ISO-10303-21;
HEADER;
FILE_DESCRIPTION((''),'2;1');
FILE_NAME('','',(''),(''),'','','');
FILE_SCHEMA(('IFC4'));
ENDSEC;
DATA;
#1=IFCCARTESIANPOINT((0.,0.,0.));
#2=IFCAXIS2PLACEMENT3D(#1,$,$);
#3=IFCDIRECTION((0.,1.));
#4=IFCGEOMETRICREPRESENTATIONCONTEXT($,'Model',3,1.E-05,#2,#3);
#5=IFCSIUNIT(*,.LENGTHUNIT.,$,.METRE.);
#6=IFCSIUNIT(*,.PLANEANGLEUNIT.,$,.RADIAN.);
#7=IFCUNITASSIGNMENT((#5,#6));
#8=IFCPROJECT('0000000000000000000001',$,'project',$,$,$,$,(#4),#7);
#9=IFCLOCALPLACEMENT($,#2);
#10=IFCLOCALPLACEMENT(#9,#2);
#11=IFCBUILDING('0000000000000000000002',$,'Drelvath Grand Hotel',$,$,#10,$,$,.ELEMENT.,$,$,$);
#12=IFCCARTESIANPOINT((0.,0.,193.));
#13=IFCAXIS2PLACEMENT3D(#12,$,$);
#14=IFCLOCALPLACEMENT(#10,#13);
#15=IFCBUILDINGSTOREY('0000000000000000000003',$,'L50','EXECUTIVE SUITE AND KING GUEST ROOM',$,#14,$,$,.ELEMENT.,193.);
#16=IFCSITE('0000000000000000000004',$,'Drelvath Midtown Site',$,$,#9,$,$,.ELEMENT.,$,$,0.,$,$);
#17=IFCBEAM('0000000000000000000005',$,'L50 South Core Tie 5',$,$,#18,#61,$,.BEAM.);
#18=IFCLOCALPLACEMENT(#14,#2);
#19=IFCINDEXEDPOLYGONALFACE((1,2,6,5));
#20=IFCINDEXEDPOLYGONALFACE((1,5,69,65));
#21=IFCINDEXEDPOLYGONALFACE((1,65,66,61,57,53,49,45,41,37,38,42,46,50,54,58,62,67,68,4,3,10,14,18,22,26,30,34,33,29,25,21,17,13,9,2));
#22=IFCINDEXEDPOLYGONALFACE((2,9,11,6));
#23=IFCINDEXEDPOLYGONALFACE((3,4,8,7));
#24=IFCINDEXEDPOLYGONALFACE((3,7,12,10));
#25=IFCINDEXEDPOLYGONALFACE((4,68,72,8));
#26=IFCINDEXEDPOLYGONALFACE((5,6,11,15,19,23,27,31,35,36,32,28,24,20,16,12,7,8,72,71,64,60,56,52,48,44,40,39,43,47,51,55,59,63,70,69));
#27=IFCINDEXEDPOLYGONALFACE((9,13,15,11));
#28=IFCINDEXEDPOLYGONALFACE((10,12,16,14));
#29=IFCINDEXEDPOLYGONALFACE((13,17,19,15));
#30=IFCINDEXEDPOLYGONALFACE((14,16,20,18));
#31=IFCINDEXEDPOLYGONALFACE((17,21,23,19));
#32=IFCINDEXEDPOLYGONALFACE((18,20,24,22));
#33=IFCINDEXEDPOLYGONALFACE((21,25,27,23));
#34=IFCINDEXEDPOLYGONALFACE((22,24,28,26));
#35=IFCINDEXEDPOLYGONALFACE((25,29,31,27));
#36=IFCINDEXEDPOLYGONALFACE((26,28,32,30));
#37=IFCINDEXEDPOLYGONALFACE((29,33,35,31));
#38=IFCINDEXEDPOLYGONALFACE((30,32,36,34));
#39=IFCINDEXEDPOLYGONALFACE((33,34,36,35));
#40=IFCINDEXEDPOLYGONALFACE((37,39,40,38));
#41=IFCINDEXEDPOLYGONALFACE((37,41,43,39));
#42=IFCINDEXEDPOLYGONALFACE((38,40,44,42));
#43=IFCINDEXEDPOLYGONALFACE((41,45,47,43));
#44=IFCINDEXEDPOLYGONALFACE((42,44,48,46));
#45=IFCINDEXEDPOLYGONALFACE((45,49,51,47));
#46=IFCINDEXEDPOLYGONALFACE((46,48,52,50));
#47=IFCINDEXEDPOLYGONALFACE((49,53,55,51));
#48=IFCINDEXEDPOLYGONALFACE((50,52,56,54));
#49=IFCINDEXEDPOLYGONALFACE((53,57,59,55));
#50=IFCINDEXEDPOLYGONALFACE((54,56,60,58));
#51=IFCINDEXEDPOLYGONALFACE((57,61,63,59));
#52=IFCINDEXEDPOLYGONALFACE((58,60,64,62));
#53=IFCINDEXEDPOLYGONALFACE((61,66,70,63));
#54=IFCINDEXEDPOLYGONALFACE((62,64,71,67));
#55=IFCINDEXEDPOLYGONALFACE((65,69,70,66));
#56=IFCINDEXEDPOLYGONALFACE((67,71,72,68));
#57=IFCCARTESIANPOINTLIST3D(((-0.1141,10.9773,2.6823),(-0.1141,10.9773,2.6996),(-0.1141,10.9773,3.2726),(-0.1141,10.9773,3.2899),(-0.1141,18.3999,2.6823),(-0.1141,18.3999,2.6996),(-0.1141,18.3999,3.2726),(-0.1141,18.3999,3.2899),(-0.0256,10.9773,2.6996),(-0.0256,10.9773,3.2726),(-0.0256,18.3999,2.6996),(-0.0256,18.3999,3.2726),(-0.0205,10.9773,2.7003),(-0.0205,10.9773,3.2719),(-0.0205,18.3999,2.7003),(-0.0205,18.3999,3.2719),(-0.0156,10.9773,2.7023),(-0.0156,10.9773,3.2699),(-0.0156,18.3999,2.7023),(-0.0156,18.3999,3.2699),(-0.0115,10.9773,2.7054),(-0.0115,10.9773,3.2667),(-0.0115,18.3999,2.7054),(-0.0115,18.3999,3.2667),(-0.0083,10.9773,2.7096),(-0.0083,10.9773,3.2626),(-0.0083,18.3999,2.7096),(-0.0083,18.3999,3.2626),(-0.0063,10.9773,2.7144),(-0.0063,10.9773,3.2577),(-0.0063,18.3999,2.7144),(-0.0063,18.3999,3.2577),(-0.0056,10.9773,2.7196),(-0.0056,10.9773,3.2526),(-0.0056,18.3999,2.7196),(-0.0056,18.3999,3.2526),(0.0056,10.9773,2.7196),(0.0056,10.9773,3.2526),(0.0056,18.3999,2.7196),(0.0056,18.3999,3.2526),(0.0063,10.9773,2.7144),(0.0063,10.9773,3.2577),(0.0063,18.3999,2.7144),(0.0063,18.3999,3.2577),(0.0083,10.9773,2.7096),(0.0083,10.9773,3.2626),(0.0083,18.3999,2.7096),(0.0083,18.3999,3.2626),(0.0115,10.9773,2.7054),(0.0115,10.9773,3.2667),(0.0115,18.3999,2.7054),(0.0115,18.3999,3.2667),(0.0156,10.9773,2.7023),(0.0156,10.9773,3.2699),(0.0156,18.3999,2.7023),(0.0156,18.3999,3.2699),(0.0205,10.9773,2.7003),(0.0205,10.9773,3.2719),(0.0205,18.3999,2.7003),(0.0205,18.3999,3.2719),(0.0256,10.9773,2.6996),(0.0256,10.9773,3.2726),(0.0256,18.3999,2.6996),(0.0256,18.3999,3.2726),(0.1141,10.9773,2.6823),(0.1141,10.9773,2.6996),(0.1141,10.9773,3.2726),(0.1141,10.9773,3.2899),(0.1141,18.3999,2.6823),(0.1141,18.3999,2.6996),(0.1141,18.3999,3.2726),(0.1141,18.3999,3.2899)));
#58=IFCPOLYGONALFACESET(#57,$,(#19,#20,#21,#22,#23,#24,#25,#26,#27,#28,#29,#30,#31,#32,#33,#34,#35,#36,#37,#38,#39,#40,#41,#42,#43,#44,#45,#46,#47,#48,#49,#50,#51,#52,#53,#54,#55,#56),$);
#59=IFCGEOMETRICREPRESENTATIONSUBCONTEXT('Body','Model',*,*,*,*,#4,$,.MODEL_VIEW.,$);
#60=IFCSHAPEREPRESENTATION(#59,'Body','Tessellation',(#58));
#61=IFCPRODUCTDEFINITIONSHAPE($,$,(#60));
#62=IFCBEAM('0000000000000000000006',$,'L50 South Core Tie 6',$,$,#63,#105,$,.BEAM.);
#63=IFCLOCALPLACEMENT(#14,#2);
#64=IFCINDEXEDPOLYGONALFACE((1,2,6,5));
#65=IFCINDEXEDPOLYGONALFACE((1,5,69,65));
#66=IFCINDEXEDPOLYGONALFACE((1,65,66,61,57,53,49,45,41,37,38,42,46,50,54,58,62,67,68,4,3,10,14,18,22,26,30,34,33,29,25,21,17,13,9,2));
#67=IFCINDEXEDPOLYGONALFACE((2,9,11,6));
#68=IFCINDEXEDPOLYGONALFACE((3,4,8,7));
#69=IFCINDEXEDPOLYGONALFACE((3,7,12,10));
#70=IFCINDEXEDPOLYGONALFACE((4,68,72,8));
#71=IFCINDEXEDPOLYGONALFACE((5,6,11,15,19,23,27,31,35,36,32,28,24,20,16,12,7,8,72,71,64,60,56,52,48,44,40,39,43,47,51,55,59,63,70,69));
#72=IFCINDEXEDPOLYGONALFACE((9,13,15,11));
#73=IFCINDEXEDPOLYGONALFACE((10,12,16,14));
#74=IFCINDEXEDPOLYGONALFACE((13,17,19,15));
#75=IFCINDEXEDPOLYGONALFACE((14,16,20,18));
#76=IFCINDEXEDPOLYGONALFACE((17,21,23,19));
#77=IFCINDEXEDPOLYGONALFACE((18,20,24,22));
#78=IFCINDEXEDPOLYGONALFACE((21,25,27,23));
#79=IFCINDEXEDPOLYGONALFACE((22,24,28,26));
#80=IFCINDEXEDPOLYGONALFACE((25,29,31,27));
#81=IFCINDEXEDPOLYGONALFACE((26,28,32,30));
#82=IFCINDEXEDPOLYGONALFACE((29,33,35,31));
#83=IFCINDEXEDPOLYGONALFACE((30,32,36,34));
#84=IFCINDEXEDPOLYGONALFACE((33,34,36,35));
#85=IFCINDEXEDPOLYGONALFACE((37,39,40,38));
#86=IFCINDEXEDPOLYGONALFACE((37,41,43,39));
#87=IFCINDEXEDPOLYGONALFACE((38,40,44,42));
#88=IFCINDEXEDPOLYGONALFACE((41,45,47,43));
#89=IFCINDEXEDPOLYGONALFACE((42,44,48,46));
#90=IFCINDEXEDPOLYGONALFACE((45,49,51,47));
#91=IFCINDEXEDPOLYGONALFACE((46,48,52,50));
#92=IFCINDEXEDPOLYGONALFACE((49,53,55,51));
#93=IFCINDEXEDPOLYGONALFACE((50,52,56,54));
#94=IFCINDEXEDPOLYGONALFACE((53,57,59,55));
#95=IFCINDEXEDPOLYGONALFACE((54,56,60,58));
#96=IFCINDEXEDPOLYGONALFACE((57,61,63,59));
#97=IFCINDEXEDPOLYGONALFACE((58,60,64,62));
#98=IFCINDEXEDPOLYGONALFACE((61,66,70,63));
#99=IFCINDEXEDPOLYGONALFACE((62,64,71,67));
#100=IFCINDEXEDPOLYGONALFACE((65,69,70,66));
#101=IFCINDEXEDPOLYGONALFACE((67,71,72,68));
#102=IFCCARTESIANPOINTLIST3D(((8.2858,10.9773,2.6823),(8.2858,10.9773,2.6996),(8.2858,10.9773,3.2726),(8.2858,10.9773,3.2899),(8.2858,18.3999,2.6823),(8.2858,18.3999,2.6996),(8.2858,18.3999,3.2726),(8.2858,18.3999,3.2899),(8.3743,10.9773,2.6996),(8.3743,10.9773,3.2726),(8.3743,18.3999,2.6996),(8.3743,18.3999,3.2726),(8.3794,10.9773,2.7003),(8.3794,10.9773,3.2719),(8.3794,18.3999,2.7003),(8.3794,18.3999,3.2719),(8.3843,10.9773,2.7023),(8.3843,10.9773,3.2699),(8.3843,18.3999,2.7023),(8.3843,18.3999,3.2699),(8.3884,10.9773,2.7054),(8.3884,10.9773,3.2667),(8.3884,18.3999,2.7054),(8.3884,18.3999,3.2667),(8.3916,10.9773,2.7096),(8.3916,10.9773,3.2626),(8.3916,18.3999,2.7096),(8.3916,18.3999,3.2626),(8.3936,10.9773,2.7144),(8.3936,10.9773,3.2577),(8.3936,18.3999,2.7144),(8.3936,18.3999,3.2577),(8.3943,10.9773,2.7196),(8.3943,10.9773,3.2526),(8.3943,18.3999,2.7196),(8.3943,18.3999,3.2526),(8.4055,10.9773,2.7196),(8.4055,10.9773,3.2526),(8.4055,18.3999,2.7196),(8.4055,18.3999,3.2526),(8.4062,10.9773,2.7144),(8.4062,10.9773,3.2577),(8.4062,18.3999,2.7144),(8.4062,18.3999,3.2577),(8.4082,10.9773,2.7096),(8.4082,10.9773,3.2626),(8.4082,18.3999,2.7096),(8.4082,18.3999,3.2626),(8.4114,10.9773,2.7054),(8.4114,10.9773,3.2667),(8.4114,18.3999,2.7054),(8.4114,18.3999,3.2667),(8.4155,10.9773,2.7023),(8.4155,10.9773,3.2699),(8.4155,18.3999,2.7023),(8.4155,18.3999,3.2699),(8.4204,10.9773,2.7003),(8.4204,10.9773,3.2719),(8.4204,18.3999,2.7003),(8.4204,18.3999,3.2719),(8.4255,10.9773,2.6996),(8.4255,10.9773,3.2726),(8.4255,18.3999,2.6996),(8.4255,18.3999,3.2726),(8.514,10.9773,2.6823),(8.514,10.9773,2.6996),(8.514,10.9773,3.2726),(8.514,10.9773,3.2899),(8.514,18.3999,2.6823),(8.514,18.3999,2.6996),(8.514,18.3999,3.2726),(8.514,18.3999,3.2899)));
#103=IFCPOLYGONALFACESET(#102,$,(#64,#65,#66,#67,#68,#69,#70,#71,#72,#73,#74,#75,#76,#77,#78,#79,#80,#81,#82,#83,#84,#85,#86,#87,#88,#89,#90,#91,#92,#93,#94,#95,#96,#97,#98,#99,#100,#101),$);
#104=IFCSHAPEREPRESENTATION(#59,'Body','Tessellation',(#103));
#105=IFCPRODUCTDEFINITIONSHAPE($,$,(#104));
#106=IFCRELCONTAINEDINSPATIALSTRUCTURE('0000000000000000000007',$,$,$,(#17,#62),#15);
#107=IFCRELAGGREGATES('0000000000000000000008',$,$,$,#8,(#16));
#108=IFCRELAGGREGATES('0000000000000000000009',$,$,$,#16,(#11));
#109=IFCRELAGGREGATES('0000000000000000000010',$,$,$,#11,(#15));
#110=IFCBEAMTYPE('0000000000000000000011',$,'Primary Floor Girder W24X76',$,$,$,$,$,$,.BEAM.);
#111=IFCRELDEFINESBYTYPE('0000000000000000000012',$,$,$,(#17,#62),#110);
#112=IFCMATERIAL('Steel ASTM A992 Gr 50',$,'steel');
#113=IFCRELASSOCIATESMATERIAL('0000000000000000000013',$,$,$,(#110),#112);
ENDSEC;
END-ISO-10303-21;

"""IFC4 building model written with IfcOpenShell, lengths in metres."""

from ifc_helpers import new_model, si_unit, direction, frame, origin, origin_2d, place, context, subcontext, project, spatial, i_section, extrude, material, material_profile, profile_set, type_object, element, save


model = new_model("IFC4")

# Units and contexts
model_context = context("Model", 3, precision=1e-05, world=origin(), true_north=direction((0.0, 1.0)))
body_context = subcontext(model_context, "Body", "Model", "MODEL_VIEW")
ifc_project = project(units=[si_unit("LENGTHUNIT", "METRE"), si_unit("PLANEANGLEUNIT", "RADIAN")], contexts=[model_context])

# Site, building, storey
site_placement = place(None, origin())
site = spatial("IfcSite", under=ifc_project, at=site_placement, Name="Drelvath Midtown Site", CompositionType="ELEMENT", RefElevation=0.0)
building_placement = place(site_placement, origin())
building = spatial("IfcBuilding", under=site, at=building_placement, Name="Drelvath Grand Hotel", CompositionType="ELEMENT")
storey_placement = place(building_placement, frame((0.0, 0.0, 193.0)))
storey = spatial("IfcBuildingStorey", under=building, at=storey_placement, Name="L50", Description="EXECUTIVE SUITE AND KING GUEST ROOM", CompositionType="ELEMENT", Elevation=193.0)

# Beams
ifc_material_1 = material(Name="Steel ASTM A992 Gr 50", Category="steel")
ifc_material_profile = material_profile(ifc_material_1, i_section(OverallWidth=0.2283, OverallDepth=0.6077, WebThickness=0.0112, FlangeThickness=0.0173, FilletRadius=0.02, at=origin_2d()), Name="W24X76")
ifc_profile_set = profile_set([ifc_material_profile], Name="Steel ASTM A992 Gr 50")
beam_type = type_object("IfcBeamType", Name="Primary Floor Girder W24X76", PredefinedType="BEAM", material=ifc_profile_set)
for number, where, z_axis, x_axis, name in (
    (1, (0.0, 10.9773, 2.9861), (0.0, 1.0, 0.0), (-1.0, 0.0, 0.0), "L50 South Core Tie 5"),
    (2, (8.3999, 10.9773, 2.9861), (0.0, 1.0, 0.0), (-1.0, 0.0, 0.0), "L50 South Core Tie 6"),
):
    element("IfcBeam", number, at=place(storey_placement, frame(where, z_axis=z_axis, x_axis=x_axis)), inside=storey, type_object=beam_type, Name=name, PredefinedType="BEAM", context=body_context, shape_type="SweptSolid", body=[
        extrude(i_section(OverallWidth=0.2283, OverallDepth=0.6077, WebThickness=0.0112, FlangeThickness=0.0173, FilletRadius=0.02, at=origin_2d()), origin(), (0.0, 0.0, 1.0), 7.4226),
    ])

save(model, "model.ifc")
